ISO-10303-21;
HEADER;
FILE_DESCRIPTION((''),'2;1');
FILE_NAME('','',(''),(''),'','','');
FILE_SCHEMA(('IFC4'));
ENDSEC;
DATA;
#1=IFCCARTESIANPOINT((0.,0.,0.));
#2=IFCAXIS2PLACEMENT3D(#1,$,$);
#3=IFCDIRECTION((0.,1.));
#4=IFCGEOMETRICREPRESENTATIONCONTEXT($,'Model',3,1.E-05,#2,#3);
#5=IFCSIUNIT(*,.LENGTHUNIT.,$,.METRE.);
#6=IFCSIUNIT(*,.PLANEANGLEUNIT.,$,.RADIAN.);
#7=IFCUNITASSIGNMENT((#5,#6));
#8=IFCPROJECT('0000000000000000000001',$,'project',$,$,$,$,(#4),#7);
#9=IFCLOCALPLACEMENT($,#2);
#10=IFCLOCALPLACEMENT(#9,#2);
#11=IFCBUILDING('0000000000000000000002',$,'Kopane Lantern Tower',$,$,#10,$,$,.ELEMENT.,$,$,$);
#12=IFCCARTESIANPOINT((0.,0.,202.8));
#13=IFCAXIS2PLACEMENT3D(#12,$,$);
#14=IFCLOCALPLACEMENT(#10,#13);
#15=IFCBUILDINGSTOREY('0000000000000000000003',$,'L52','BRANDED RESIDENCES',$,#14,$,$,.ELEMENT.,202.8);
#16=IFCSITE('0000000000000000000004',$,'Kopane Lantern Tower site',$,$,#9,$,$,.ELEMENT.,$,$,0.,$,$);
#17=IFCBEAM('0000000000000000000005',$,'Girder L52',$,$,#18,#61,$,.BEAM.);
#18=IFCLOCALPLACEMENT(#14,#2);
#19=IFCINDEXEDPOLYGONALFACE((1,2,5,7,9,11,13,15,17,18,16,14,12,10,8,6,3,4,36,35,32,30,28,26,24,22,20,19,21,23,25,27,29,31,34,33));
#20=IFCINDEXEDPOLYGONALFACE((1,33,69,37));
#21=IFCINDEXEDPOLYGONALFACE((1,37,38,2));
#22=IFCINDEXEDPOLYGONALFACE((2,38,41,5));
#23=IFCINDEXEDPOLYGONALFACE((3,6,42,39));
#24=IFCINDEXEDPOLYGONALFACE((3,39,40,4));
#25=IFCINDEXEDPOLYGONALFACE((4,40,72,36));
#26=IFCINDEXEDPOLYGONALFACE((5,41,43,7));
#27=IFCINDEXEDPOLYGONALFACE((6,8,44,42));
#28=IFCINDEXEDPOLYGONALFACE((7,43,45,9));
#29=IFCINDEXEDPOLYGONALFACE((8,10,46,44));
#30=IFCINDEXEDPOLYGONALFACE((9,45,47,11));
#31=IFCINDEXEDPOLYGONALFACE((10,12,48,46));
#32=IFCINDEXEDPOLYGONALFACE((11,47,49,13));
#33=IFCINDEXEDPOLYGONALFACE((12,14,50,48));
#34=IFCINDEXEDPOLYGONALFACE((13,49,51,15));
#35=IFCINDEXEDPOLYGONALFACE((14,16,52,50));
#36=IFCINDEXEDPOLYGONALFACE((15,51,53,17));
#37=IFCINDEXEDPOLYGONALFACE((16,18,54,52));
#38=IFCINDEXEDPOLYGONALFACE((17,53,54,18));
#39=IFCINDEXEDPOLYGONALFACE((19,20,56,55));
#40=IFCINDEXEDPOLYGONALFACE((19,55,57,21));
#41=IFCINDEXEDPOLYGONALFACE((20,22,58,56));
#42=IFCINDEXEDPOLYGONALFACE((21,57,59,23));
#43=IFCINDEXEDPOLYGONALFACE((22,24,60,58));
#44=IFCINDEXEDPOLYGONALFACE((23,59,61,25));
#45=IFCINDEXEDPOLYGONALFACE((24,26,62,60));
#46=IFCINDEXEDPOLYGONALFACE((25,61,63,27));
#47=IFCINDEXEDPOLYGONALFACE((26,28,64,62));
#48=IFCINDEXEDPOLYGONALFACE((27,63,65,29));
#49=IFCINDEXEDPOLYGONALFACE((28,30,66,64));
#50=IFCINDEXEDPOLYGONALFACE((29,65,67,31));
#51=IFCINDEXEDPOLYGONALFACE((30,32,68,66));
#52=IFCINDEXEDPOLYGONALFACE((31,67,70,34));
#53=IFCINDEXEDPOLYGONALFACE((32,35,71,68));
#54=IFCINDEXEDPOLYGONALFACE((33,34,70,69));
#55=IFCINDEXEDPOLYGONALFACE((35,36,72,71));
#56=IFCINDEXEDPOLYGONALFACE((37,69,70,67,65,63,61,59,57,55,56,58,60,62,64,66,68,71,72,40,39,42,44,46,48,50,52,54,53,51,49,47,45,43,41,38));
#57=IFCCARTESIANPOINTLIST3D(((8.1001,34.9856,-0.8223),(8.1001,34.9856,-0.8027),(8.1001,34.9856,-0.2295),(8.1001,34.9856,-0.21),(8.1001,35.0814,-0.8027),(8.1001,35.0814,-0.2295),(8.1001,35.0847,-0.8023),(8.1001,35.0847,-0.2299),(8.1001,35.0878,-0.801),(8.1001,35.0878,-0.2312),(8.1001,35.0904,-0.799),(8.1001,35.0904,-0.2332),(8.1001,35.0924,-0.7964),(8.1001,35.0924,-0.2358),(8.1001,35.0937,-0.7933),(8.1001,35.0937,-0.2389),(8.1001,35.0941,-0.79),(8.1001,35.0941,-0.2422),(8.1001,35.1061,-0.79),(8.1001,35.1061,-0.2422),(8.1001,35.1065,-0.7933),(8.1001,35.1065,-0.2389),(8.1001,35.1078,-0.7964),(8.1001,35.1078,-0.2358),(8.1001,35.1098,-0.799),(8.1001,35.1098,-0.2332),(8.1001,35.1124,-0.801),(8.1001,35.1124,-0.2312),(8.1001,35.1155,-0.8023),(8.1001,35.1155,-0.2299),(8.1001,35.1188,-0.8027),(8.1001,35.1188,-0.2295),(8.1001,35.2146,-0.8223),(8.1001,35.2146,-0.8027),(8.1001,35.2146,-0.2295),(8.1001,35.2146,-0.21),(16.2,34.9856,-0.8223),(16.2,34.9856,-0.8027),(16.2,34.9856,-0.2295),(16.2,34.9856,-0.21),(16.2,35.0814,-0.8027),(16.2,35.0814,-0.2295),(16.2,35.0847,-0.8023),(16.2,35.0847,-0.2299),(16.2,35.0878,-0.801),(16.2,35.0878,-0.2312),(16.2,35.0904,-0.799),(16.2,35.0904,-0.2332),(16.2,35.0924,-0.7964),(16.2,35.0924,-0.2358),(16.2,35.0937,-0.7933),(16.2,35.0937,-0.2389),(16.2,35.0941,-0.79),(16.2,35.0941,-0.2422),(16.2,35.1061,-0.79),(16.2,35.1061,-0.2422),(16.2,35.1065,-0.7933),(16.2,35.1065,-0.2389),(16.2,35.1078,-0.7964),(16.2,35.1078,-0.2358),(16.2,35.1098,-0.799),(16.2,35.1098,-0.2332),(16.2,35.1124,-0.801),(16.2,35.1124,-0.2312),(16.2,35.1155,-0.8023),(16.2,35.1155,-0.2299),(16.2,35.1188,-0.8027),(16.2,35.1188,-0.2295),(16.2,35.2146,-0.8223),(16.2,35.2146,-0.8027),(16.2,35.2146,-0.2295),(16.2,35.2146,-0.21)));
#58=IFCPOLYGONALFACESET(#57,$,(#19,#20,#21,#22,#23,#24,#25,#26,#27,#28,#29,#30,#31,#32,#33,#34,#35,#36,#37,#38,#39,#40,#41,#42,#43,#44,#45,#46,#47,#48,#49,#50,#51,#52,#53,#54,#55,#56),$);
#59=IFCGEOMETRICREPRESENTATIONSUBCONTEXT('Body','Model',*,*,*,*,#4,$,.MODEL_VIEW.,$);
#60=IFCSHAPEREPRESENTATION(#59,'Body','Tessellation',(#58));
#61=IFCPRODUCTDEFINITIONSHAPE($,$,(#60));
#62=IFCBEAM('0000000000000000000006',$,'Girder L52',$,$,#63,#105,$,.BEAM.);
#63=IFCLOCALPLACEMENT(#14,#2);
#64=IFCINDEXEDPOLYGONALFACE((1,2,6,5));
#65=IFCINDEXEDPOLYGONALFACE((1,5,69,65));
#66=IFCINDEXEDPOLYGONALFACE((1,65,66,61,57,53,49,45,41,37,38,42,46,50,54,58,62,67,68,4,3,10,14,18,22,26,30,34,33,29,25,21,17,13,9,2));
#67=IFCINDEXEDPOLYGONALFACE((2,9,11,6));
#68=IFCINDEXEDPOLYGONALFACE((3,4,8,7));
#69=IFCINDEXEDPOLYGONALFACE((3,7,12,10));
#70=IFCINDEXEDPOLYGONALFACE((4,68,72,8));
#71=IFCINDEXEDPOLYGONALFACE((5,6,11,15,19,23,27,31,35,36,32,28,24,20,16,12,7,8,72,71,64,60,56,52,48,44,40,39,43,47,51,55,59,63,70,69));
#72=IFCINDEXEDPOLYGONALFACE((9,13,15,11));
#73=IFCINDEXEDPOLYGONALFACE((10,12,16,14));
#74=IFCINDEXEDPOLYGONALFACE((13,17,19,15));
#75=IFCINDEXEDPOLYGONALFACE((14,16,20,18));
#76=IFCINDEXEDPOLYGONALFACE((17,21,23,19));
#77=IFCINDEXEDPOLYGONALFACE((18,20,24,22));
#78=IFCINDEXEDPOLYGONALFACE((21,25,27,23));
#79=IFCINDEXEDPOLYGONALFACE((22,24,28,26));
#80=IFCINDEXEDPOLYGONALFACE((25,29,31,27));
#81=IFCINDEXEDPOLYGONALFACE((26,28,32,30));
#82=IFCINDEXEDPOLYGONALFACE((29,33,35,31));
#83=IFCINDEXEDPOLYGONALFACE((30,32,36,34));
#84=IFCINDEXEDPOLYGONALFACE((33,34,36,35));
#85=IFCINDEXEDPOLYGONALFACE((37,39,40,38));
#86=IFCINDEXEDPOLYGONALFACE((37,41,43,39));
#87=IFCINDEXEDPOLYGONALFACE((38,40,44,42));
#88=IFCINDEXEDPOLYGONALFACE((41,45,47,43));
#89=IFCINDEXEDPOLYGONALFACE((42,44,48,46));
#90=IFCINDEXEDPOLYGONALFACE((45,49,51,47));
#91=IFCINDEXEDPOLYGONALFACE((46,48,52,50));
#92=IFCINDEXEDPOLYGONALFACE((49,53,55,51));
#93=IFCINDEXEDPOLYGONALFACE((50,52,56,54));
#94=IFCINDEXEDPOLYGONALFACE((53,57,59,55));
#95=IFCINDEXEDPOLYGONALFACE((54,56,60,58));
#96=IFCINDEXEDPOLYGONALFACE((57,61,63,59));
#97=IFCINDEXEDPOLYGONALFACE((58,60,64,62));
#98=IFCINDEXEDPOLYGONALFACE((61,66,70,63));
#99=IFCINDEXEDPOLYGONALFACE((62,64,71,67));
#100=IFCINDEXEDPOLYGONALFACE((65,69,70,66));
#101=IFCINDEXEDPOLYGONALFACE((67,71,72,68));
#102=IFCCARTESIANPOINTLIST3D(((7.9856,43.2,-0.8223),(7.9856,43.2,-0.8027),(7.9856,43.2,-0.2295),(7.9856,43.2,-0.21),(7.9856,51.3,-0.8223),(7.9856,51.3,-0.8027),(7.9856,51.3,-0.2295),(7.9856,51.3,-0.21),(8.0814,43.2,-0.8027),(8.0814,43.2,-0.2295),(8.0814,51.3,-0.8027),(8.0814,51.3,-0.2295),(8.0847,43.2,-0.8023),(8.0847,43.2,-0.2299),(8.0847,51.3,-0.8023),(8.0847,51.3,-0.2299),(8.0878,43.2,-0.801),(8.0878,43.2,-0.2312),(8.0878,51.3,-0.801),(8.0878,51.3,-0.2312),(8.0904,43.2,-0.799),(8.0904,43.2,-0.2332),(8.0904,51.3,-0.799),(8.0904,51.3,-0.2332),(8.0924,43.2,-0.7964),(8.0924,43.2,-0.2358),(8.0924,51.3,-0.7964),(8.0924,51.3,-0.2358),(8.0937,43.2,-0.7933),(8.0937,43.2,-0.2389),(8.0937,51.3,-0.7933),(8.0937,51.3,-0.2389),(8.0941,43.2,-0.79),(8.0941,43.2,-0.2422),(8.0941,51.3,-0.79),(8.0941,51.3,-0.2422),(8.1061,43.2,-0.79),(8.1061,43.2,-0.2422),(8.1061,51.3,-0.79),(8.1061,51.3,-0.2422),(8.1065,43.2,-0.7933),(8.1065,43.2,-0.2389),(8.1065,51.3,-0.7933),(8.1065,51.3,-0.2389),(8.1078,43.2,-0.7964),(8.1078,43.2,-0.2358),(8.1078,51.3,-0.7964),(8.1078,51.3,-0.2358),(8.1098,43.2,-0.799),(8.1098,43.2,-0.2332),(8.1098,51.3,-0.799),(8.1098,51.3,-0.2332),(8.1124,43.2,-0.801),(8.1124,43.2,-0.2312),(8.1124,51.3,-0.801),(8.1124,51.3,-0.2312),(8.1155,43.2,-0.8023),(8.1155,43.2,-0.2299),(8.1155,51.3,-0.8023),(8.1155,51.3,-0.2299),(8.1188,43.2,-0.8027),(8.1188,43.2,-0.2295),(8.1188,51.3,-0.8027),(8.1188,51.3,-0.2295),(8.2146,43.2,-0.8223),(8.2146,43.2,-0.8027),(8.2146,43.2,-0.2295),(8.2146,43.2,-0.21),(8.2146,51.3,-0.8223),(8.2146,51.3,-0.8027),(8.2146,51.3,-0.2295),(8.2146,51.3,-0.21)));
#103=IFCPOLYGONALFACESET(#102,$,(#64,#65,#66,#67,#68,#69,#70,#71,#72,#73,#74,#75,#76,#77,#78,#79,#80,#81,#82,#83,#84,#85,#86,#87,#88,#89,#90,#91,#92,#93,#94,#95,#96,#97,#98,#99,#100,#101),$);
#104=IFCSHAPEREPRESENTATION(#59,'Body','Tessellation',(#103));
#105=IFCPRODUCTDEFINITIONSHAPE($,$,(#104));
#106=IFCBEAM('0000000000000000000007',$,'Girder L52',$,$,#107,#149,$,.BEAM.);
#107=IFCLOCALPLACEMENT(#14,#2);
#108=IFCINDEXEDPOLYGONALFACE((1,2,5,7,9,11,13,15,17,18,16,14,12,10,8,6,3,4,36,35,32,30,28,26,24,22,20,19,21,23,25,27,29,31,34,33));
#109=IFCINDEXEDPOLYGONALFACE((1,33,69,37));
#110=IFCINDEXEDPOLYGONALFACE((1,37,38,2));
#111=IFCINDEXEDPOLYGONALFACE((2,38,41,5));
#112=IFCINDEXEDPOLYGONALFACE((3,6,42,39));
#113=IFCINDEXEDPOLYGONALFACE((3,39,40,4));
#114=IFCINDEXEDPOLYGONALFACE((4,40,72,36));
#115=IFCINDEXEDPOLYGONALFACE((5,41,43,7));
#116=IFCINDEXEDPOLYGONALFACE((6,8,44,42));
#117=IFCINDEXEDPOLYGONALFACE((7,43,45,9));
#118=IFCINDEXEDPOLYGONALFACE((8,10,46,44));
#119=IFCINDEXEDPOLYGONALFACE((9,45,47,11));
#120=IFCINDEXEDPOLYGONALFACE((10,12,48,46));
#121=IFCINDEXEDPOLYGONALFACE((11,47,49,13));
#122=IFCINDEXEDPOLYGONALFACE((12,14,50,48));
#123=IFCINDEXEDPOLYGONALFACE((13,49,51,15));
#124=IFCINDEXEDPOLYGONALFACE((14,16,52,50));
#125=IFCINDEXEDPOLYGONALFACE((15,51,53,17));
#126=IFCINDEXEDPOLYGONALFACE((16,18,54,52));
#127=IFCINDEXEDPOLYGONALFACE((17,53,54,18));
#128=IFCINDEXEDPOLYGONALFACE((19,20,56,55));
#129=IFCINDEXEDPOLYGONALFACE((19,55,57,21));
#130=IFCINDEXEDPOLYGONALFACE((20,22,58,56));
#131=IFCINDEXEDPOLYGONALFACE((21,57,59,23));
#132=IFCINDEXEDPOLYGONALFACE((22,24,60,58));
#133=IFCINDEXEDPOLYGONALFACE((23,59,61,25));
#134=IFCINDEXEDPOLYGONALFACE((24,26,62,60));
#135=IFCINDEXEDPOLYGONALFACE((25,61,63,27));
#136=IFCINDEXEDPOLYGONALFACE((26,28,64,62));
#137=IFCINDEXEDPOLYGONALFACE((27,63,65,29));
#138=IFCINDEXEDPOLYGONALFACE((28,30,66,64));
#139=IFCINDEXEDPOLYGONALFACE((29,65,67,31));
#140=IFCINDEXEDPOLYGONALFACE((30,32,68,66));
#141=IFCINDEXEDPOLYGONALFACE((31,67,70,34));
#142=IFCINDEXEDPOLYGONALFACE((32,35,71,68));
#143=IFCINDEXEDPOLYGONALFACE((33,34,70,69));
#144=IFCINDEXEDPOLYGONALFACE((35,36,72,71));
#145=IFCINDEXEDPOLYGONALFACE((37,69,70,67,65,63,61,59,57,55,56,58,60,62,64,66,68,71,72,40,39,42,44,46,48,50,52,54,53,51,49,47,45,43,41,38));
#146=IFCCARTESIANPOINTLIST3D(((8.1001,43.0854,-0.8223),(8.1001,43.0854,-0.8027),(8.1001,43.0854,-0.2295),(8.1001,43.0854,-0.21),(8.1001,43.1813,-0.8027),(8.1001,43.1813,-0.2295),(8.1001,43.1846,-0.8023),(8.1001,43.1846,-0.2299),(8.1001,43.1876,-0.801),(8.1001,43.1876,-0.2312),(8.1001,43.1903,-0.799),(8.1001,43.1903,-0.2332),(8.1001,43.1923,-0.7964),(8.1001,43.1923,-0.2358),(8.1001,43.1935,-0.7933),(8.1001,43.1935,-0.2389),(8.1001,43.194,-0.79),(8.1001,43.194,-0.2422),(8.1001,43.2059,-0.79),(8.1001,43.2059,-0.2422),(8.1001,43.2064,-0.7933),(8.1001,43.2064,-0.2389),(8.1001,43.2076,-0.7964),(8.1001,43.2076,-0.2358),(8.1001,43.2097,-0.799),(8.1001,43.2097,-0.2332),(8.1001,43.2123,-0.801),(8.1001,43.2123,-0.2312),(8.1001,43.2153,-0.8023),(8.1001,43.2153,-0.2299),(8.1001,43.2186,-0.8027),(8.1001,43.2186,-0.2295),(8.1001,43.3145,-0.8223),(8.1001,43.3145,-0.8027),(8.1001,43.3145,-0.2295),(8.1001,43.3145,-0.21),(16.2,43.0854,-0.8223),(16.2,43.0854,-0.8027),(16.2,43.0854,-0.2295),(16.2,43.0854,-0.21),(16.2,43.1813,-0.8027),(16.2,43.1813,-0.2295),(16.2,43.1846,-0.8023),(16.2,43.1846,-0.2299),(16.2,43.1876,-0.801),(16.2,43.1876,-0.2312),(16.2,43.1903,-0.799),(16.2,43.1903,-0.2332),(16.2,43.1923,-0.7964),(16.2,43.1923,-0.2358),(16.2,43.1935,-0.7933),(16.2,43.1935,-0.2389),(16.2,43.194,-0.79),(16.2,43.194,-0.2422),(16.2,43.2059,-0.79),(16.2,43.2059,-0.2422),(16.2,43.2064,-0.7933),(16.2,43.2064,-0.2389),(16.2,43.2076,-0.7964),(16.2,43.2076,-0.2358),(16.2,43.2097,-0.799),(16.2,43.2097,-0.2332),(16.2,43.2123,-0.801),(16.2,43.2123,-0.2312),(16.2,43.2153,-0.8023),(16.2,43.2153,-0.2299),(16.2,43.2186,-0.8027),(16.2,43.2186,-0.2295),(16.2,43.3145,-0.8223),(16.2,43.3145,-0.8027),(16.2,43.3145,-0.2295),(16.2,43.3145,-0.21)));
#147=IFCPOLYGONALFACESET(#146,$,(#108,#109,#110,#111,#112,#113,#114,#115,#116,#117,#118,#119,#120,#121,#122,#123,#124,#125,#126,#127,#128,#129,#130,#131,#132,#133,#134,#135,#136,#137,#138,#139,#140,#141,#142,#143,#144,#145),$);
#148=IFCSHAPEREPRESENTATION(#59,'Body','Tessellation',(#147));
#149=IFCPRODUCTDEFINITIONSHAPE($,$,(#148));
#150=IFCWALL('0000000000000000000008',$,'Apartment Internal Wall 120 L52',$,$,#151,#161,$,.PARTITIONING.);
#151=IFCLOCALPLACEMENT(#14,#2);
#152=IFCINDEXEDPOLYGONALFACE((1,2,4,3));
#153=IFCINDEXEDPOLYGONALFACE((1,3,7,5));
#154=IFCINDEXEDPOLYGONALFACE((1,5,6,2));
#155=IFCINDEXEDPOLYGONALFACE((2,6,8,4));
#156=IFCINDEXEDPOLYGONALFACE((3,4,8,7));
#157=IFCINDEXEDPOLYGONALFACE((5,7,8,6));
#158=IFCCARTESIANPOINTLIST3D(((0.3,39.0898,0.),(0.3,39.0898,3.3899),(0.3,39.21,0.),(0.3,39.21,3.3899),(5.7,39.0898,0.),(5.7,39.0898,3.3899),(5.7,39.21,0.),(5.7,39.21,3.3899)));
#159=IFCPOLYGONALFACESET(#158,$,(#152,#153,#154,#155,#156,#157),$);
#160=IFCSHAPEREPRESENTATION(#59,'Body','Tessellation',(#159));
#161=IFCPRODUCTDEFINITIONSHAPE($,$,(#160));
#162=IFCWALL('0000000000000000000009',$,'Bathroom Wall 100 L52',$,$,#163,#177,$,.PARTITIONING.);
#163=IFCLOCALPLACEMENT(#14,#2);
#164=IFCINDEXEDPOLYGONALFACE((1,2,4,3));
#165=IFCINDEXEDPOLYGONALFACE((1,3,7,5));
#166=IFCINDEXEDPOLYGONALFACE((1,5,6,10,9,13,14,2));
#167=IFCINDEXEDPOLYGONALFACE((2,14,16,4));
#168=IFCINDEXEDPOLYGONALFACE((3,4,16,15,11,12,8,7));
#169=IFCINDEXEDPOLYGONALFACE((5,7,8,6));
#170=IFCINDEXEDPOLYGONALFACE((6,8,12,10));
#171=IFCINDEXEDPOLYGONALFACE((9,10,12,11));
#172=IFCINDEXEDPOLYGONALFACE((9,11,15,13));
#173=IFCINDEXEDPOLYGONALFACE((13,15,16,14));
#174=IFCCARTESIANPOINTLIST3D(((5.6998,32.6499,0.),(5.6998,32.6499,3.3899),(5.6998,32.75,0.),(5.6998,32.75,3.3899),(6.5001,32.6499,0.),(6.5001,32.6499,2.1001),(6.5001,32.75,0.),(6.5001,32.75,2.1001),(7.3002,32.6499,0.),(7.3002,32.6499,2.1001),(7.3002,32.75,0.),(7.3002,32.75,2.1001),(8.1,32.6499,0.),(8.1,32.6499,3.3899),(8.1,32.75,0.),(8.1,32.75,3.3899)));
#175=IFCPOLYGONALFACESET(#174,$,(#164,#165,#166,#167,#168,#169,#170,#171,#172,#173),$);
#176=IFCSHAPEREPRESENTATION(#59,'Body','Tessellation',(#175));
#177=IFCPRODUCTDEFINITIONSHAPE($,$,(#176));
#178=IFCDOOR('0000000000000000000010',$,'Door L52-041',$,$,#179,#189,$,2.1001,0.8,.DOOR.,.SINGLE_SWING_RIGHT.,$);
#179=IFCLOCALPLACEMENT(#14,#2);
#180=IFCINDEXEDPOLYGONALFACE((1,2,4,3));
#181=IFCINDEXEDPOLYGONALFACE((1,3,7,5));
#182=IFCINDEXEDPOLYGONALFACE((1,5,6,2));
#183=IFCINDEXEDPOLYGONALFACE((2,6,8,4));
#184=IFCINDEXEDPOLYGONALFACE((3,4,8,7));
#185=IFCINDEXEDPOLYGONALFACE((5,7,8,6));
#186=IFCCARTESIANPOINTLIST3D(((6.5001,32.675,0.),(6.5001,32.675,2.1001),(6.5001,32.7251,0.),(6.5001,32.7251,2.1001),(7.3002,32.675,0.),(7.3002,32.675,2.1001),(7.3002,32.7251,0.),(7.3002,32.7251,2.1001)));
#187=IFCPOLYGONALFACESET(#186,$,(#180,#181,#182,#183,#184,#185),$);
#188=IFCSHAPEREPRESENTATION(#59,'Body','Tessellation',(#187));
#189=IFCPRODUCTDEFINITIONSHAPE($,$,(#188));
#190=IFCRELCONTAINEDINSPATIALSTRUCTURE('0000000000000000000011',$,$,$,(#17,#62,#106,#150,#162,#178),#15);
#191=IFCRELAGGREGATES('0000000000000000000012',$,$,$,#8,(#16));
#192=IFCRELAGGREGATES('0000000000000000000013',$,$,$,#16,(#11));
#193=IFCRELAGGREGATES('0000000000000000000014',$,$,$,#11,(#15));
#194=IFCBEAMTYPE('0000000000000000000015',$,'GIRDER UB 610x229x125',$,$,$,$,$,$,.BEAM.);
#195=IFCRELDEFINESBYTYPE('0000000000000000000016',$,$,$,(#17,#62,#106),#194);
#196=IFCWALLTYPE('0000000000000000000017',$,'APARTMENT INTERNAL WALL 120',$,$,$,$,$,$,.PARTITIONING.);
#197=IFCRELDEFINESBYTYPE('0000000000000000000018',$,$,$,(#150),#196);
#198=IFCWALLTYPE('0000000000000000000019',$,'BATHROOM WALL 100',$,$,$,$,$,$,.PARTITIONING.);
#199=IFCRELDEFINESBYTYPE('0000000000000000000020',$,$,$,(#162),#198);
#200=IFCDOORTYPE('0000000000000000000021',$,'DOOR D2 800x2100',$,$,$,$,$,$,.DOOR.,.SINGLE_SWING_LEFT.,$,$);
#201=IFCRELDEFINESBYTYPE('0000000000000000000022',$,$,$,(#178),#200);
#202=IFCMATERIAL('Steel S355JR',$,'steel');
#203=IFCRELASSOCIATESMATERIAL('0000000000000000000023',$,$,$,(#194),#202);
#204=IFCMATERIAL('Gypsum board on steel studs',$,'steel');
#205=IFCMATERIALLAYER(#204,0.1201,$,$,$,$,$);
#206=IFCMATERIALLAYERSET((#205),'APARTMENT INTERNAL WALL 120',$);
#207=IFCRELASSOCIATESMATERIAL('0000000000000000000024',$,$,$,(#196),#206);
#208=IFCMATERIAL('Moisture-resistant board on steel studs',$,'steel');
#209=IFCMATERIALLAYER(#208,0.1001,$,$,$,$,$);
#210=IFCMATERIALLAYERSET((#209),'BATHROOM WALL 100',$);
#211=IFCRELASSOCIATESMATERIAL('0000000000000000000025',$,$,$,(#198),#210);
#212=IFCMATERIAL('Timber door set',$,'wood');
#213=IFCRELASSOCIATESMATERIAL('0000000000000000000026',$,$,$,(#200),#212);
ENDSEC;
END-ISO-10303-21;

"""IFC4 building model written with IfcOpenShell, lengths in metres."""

from ifc_helpers import new_model, si_unit, direction, frame, frame_2d, origin, origin_2d, place, context, subcontext, project, spatial, rectangle, i_section, extrude, material, layer, layer_set, material_profile, profile_set, type_object, element, fill, save


model = new_model("IFC4")

# Units and contexts
model_context = context("Model", 3, precision=1e-05, world=origin(), true_north=direction((0.0, 1.0)))
body_context = subcontext(model_context, "Body", "Model", "MODEL_VIEW")
ifc_project = project(units=[si_unit("LENGTHUNIT", "METRE"), si_unit("PLANEANGLEUNIT", "RADIAN")], contexts=[model_context])

# Site, building, storey
site_placement = place(None, origin())
site = spatial("IfcSite", under=ifc_project, at=site_placement, Name="Kopane Lantern Tower site", CompositionType="ELEMENT", RefElevation=0.0)
building_placement = place(site_placement, origin())
building = spatial("IfcBuilding", under=site, at=building_placement, Name="Kopane Lantern Tower", CompositionType="ELEMENT")
storey_placement = place(building_placement, frame((0.0, 0.0, 202.8)))
storey = spatial("IfcBuildingStorey", under=building, at=storey_placement, Name="L52", Description="BRANDED RESIDENCES", CompositionType="ELEMENT", Elevation=202.8)

# Beams
ifc_material_1 = material(Name="Steel S355JR", Category="steel")
ifc_material_profile_1 = material_profile(ifc_material_1, i_section(OverallWidth=0.229, OverallDepth=0.6123, WebThickness=0.012, FlangeThickness=0.0195, FilletRadius=0.0127, at=origin_2d()), Name="UB 610x229x125")
ifc_profile_set_1 = profile_set([ifc_material_profile_1], Name="Steel S355JR")
beam_type = type_object("IfcBeamType", Name="GIRDER UB 610x229x125", PredefinedType="BEAM", material=ifc_profile_set_1)
for number, where, z_axis, x_axis, name in (
    (1, (8.1001, 35.1001, -0.5161), (1.0, 0.0, 0.0), (0.0, 1.0, 0.0), "Girder L52"),
):
    element("IfcBeam", number, at=place(storey_placement, frame(where, z_axis=z_axis, x_axis=x_axis)), inside=storey, type_object=beam_type, Name=name, PredefinedType="BEAM", context=body_context, shape_type="SweptSolid", body=[
        extrude(i_section(OverallWidth=0.229, OverallDepth=0.6123, WebThickness=0.012, FlangeThickness=0.0195, FilletRadius=0.0127, at=origin_2d()), origin(), (0.0, 0.0, 1.0), 8.0999),
    ])
beam_1_placement = place(storey_placement, frame((8.1001, 43.2, -0.5161), z_axis=(0.0, 1.0, 0.0), x_axis=(-1.0, 0.0, 0.0)))
element("IfcBeam", 2, at=beam_1_placement, inside=storey, type_object=beam_type, Name="Girder L52", PredefinedType="BEAM", context=body_context, shape_type="SweptSolid", body=[
    extrude(i_section(OverallWidth=0.229, OverallDepth=0.6123, WebThickness=0.012, FlangeThickness=0.0195, FilletRadius=0.0127, at=origin_2d()), origin(), (0.0, 0.0, 1.0), 8.1001),
])
beam_2_placement = place(storey_placement, frame((8.1001, 43.2, -0.5161), z_axis=(1.0, 0.0, 0.0), x_axis=(0.0, 1.0, 0.0)))
element("IfcBeam", 3, at=beam_2_placement, inside=storey, type_object=beam_type, Name="Girder L52", PredefinedType="BEAM", context=body_context, shape_type="SweptSolid", body=[
    extrude(i_section(OverallWidth=0.229, OverallDepth=0.6123, WebThickness=0.012, FlangeThickness=0.0195, FilletRadius=0.0127, at=origin_2d()), origin(), (0.0, 0.0, 1.0), 8.0999),
])

# Wall
ifc_material_2 = material(Name="Gypsum board on steel studs", Category="steel")
ifc_layer_1 = layer(ifc_material_2, 0.1201)
ifc_layer_set_1 = layer_set([ifc_layer_1], Name="APARTMENT INTERNAL WALL 120")
wall_type_1 = type_object("IfcWallType", Name="APARTMENT INTERNAL WALL 120", PredefinedType="PARTITIONING", material=ifc_layer_set_1)
wall_1_placement = place(storey_placement, frame((5.7, 39.1499, 0.0), z_axis=(0.0, 0.0, 1.0), x_axis=(-1.0, 0.0, 0.0)))
element("IfcWall", 4, at=wall_1_placement, inside=storey, type_object=wall_type_1, Name="Apartment Internal Wall 120 L52", PredefinedType="PARTITIONING", context=body_context, shape_type="SweptSolid", body=[
    extrude(rectangle(XDim=5.3999, YDim=0.1201, at=frame_2d((2.7, 0.0))), origin(), (0.0, 0.0, 1.0), 3.3899),
])

# Wall, opening, door
ifc_material_3 = material(Name="Moisture-resistant board on steel studs", Category="steel")
ifc_layer_2 = layer(ifc_material_3, 0.1001)
ifc_layer_set_2 = layer_set([ifc_layer_2], Name="BATHROOM WALL 100")
wall_type_2 = type_object("IfcWallType", Name="BATHROOM WALL 100", PredefinedType="PARTITIONING", material=ifc_layer_set_2)
wall_2_placement = place(storey_placement, frame((8.1001, 32.7, 0.0), z_axis=(0.0, 0.0, 1.0), x_axis=(-1.0, 0.0, 0.0)))
wall_2 = element("IfcWall", 5, at=wall_2_placement, inside=storey, type_object=wall_type_2, Name="Bathroom Wall 100 L52", PredefinedType="PARTITIONING", context=body_context, shape_type="SweptSolid", body=[
    extrude(rectangle(XDim=2.4001, YDim=0.1001, at=frame_2d((1.2002, 0.0))), origin(), (0.0, 0.0, 1.0), 3.3899),
])
opening_1_placement = place(wall_2_placement, frame((0.8, 0.0, 0.0)))
opening_1 = element("IfcOpeningElement", 6, at=opening_1_placement, cuts=wall_2, PredefinedType="OPENING", context=body_context, shape_type="SweptSolid", body=[
    extrude(rectangle(XDim=0.8, YDim=2.1001, at=frame_2d((0.3999, 1.05))), frame((0.0, 0.0601, 0.0), z_axis=(0.0, -1.0, 0.0), x_axis=(1.0, 0.0, 0.0)), (0.0, 0.0, 1.0), 0.1201),
])
ifc_material_4 = material(Name="Timber door set", Category="wood")
door_type = type_object("IfcDoorType", Name="DOOR D2 800x2100", OperationType="SINGLE_SWING_LEFT", PredefinedType="DOOR", material=ifc_material_4)
door_1_placement = place(opening_1_placement, origin())
door_1 = element("IfcDoor", 7, at=door_1_placement, inside=storey, type_object=door_type, Name="Door L52-041", OperationType="SINGLE_SWING_RIGHT", OverallHeight=2.1001, OverallWidth=0.8, PredefinedType="DOOR", context=body_context, shape_type="SweptSolid", body=[
    extrude(rectangle(XDim=0.8, YDim=2.1001, at=frame_2d((0.3999, 1.05))), frame((0.0, 0.0249, 0.0), z_axis=(0.0, -1.0, 0.0), x_axis=(1.0, 0.0, 0.0)), (0.0, 0.0, 1.0), 0.05),
])
fill(opening_1, door_1)

save(model, "model.ifc")
